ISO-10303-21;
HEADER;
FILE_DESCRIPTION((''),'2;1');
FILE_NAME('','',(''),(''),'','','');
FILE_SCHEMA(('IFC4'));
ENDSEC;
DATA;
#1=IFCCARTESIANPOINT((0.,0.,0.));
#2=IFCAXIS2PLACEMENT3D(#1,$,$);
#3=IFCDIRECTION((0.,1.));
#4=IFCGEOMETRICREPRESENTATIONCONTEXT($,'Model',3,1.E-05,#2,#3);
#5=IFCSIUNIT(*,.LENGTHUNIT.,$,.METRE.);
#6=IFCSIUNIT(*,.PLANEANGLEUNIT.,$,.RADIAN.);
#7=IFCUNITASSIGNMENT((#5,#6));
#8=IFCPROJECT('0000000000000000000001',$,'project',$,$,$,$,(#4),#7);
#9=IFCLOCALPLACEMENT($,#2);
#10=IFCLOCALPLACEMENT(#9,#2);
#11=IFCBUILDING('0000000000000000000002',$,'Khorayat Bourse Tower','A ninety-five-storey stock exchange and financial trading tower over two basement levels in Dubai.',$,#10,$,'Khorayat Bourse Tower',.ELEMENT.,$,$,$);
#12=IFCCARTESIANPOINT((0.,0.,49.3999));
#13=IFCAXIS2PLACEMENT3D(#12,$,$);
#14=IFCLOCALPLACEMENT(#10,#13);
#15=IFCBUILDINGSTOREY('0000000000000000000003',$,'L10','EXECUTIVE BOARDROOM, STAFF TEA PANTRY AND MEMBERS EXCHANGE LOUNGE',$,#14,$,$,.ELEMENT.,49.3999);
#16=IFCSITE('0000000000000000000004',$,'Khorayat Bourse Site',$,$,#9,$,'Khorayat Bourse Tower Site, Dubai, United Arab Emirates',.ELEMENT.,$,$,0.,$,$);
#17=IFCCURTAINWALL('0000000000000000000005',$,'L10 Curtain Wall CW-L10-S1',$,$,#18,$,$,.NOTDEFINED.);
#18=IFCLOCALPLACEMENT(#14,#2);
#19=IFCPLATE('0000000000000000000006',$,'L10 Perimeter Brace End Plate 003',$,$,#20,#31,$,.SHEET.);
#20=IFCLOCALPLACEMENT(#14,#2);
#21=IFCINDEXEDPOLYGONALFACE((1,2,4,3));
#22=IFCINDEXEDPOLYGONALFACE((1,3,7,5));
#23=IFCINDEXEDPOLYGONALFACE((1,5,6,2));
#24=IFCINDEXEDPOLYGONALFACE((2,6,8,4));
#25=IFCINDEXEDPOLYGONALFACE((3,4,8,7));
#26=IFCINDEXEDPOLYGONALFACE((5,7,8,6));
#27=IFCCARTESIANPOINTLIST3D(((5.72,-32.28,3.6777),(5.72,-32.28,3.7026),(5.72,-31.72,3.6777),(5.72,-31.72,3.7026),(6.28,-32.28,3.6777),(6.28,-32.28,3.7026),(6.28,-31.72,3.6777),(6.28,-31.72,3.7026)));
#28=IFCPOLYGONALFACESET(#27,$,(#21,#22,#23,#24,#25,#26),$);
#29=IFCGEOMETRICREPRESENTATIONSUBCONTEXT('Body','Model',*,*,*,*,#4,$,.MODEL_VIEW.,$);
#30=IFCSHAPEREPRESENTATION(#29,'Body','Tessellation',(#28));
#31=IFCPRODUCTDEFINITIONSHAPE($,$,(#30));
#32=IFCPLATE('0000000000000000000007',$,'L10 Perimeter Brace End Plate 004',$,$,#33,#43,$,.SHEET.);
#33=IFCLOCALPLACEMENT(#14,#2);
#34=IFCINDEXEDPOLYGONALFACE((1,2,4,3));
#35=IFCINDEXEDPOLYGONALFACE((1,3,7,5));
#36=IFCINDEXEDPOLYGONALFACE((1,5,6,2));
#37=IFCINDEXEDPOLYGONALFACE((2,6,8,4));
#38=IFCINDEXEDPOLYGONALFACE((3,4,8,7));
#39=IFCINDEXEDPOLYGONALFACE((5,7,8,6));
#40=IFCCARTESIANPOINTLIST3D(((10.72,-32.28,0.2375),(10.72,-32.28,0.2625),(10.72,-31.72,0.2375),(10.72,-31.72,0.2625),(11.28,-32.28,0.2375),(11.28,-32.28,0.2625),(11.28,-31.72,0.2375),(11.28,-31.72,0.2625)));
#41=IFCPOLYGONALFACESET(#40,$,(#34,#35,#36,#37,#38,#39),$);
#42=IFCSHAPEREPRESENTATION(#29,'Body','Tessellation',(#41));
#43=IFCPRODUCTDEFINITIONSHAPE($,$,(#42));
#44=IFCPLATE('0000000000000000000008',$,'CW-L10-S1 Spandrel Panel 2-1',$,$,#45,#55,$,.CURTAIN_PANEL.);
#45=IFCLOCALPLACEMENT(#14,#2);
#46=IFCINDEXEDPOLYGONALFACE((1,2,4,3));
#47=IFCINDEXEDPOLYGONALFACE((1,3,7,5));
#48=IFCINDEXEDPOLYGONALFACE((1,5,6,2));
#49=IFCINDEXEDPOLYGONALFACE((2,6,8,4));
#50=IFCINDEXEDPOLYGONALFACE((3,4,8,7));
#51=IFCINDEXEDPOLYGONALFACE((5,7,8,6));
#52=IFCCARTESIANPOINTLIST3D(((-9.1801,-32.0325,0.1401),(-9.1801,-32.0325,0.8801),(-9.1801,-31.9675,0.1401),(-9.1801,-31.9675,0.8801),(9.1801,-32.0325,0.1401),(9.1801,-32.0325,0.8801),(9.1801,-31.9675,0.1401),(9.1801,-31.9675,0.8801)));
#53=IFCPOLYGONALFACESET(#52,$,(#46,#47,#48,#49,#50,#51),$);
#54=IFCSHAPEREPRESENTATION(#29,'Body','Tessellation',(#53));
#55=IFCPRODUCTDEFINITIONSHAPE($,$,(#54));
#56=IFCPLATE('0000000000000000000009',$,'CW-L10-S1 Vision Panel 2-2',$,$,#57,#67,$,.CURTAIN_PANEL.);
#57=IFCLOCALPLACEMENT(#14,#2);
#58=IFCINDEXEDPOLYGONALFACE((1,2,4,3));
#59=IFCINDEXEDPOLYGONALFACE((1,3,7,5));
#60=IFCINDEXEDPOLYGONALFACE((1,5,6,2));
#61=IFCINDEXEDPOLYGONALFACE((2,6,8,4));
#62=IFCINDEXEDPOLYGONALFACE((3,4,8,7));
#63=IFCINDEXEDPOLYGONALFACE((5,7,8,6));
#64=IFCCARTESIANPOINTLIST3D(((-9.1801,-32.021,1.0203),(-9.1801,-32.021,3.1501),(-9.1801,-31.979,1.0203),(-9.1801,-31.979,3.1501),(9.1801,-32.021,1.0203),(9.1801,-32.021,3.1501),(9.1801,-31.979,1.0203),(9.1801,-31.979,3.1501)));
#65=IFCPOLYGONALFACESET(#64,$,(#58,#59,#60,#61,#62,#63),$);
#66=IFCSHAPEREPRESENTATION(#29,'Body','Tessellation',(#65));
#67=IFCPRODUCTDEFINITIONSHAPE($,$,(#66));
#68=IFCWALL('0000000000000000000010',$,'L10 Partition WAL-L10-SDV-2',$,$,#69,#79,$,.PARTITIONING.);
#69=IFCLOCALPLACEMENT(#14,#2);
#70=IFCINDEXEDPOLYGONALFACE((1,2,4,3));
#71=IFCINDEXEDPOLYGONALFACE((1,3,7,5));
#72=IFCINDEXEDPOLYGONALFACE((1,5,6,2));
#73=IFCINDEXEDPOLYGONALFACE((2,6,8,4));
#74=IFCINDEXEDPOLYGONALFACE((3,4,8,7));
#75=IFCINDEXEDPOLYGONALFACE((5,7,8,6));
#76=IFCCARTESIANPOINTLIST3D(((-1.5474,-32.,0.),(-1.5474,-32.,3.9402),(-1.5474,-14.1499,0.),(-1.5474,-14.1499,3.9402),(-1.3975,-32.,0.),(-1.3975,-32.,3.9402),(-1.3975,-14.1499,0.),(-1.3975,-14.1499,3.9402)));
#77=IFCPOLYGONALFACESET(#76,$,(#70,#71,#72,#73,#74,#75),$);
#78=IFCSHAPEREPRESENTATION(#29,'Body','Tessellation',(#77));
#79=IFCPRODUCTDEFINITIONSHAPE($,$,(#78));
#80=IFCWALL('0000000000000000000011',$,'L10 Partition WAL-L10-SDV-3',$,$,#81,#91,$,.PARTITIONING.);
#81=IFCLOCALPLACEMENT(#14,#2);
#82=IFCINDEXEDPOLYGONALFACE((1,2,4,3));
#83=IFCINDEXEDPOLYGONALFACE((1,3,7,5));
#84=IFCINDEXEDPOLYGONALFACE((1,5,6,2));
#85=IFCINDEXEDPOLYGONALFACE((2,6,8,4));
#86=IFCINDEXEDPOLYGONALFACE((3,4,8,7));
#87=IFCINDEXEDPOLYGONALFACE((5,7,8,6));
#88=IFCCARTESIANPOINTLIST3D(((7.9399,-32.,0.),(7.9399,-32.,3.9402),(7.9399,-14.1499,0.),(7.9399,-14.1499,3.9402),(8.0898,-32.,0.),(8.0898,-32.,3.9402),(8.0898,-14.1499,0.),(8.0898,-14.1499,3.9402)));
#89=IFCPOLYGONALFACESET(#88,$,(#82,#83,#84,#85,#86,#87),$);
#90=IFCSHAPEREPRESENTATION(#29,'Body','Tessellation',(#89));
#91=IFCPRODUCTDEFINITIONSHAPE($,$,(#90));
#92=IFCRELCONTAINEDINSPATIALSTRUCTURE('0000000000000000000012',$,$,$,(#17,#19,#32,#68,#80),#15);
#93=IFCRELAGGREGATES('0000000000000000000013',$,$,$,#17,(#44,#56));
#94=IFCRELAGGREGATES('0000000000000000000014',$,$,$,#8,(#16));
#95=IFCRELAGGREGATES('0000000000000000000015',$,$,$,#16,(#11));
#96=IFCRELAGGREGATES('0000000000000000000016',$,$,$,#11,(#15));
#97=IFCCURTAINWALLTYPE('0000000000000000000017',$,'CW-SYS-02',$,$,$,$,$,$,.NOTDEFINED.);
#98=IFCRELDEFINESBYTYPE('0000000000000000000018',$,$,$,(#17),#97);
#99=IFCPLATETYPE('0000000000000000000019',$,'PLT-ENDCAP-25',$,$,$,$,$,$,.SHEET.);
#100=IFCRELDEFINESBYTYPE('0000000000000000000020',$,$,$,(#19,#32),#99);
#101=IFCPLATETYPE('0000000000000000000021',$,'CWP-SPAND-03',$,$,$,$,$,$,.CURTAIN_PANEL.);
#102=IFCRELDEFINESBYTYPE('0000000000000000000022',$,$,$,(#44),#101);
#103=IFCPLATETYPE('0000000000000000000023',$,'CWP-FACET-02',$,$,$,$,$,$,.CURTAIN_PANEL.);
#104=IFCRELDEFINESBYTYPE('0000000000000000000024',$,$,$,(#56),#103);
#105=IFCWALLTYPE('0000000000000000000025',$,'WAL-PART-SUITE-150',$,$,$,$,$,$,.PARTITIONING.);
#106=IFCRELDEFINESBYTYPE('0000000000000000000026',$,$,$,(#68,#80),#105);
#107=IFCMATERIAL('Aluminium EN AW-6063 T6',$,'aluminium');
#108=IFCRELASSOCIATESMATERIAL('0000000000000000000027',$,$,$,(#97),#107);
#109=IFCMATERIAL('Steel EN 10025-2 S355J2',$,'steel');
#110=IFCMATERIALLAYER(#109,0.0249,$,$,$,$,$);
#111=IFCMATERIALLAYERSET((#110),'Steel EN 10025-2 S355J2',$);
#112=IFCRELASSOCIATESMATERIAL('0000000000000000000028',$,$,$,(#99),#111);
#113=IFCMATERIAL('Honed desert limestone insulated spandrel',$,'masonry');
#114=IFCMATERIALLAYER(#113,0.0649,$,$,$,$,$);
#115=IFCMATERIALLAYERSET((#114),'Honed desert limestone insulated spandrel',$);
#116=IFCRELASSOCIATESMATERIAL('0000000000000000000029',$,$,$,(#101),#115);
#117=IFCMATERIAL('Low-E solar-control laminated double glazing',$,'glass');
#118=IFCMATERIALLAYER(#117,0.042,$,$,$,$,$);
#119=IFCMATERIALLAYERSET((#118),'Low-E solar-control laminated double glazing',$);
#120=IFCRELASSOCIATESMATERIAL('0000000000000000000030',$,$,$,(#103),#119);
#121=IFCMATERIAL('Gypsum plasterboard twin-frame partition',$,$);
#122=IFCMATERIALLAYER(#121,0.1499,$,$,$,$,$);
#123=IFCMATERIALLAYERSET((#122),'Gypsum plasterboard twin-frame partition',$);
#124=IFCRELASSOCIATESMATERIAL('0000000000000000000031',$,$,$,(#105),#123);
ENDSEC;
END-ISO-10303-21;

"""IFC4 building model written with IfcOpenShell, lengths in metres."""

from ifc_helpers import new_model, si_unit, direction, frame, frame_2d, origin, origin_2d, place, context, subcontext, project, spatial, rectangle, extrude, source, transform, mapped, material, layer, layer_set, type_object, element, aggregate, save


model = new_model("IFC4")

# Units and contexts
model_context = context("Model", 3, precision=1e-05, world=origin(), true_north=direction((0.0, 1.0)))
body_context = subcontext(model_context, "Body", "Model", "MODEL_VIEW")
ifc_project = project(units=[si_unit("LENGTHUNIT", "METRE"), si_unit("PLANEANGLEUNIT", "RADIAN")], contexts=[model_context])

# Site, building, storey
site_placement = place(None, origin())
site = spatial("IfcSite", under=ifc_project, at=site_placement, Name="Khorayat Bourse Site", LongName="Khorayat Bourse Tower Site, Dubai, United Arab Emirates", CompositionType="ELEMENT", RefElevation=0.0)
building_placement = place(site_placement, origin())
building = spatial("IfcBuilding", under=site, at=building_placement, Name="Khorayat Bourse Tower", Description="A ninety-five-storey stock exchange and financial trading tower over two basement levels in Dubai.", LongName="Khorayat Bourse Tower", CompositionType="ELEMENT")
storey_placement = place(building_placement, frame((0.0, 0.0, 49.3999)))
storey = spatial("IfcBuildingStorey", under=building, at=storey_placement, Name="L10", Description="EXECUTIVE BOARDROOM, STAFF TEA PANTRY AND MEMBERS EXCHANGE LOUNGE", CompositionType="ELEMENT", Elevation=49.3999)

# Curtain wall
ifc_material_1 = material(Name="Aluminium EN AW-6063 T6", Category="aluminium")
curtain_wall_type = type_object("IfcCurtainWallType", Name="CW-SYS-02", PredefinedType="NOTDEFINED", material=ifc_material_1)
curtain_wall_placement = place(storey_placement, origin())
curtain_wall = element("IfcCurtainWall", 1, at=curtain_wall_placement, inside=storey, type_object=curtain_wall_type, Name="L10 Curtain Wall CW-L10-S1", PredefinedType="NOTDEFINED")

# Plates
ifc_material_2 = material(Name="Steel EN 10025-2 S355J2", Category="steel")
ifc_layer_1 = layer(ifc_material_2, 0.0249)
ifc_layer_set_1 = layer_set([ifc_layer_1], Name="Steel EN 10025-2 S355J2")
plate_type_1 = type_object("IfcPlateType", Name="PLT-ENDCAP-25", PredefinedType="SHEET", material=ifc_layer_set_1)
shared_shape_1 = source(origin(), body_context, "Body", "SweptSolid", [
    extrude(rectangle(XDim=0.5601, YDim=0.5601, at=origin_2d()), origin(), (0.0, 0.0, 1.0), 0.0249),
])
for number, where, z_axis, x_axis, name in (
    (2, (6.0, -32.0, 3.6777), (0.0, 0.0, 1.0), (1.0, 0.0, 0.0), "L10 Perimeter Brace End Plate 003"),
    (3, (11.0, -32.0, 0.2375), (0.0, 0.0, 1.0), (1.0, 0.0, 0.0), "L10 Perimeter Brace End Plate 004"),
):
    element("IfcPlate", number, at=place(storey_placement, frame(where, z_axis=z_axis, x_axis=x_axis)), inside=storey, type_object=plate_type_1, Name=name, PredefinedType="SHEET", context=body_context, shape_type="MappedRepresentation", body=[
        mapped(shared_shape_1, transform((0.0, 0.0, 0.0), scale=1.0)),
    ])

# Plates
ifc_material_3 = material(Name="Honed desert limestone insulated spandrel", Category="masonry")
ifc_layer_2 = layer(ifc_material_3, 0.0649)
ifc_layer_set_2 = layer_set([ifc_layer_2], Name="Honed desert limestone insulated spandrel")
plate_type_2 = type_object("IfcPlateType", Name="CWP-SPAND-03", PredefinedType="CURTAIN_PANEL", material=ifc_layer_set_2)
shared_shape_2 = source(origin(), body_context, "Body", "SweptSolid", [
    extrude(rectangle(XDim=18.3601, YDim=0.0649, at=origin_2d()), origin(), (0.0, 0.0, 1.0), 0.74),
])
plate_1_placement = place(storey_placement, frame((0.0, -32.0, 0.1401), z_axis=(0.0, 0.0, 1.0), x_axis=(1.0, 0.0, 0.0)))
plate_1 = element("IfcPlate", 4, at=plate_1_placement, type_object=plate_type_2, Name="CW-L10-S1 Spandrel Panel 2-1", PredefinedType="CURTAIN_PANEL", context=body_context, shape_type="MappedRepresentation", body=[
    mapped(shared_shape_2, transform((0.0, 0.0, 0.0), scale=1.0)),
])
ifc_material_4 = material(Name="Low-E solar-control laminated double glazing", Category="glass")
ifc_layer_3 = layer(ifc_material_4, 0.042)
ifc_layer_set_3 = layer_set([ifc_layer_3], Name="Low-E solar-control laminated double glazing")
plate_type_3 = type_object("IfcPlateType", Name="CWP-FACET-02", PredefinedType="CURTAIN_PANEL", material=ifc_layer_set_3)
shared_shape_3 = source(origin(), body_context, "Body", "SweptSolid", [
    extrude(rectangle(XDim=18.3601, YDim=0.042, at=origin_2d()), origin(), (0.0, 0.0, 1.0), 2.1299),
])
plate_2_placement = place(storey_placement, frame((0.0, -32.0, 1.0203), z_axis=(0.0, 0.0, 1.0), x_axis=(1.0, 0.0, 0.0)))
plate_2 = element("IfcPlate", 5, at=plate_2_placement, type_object=plate_type_3, Name="CW-L10-S1 Vision Panel 2-2", PredefinedType="CURTAIN_PANEL", context=body_context, shape_type="MappedRepresentation", body=[
    mapped(shared_shape_3, transform((0.0, 0.0, 0.0), scale=1.0)),
])
aggregate(curtain_wall, [plate_1, plate_2])

# Walls
ifc_material_5 = material(Name="Gypsum plasterboard twin-frame partition")
ifc_layer_4 = layer(ifc_material_5, 0.1499)
ifc_layer_set_4 = layer_set([ifc_layer_4], Name="Gypsum plasterboard twin-frame partition")
wall_type = type_object("IfcWallType", Name="WAL-PART-SUITE-150", PredefinedType="PARTITIONING", material=ifc_layer_set_4)
shared_shape_4 = source(origin(), body_context, "Body", "SweptSolid", [
    extrude(rectangle(XDim=17.8501, YDim=0.1499, at=frame_2d((8.925, 0.0))), origin(), (0.0, 0.0, 1.0), 3.9402),
])
for number, where, z_axis, x_axis, name in (
    (6, (-1.4724, -32.0, 0.0), (0.0, 0.0, 1.0), (0.0, 1.0, 0.0), "L10 Partition WAL-L10-SDV-2"),
    (7, (8.0149, -32.0, 0.0), (0.0, 0.0, 1.0), (0.0, 1.0, 0.0), "L10 Partition WAL-L10-SDV-3"),
):
    element("IfcWall", number, at=place(storey_placement, frame(where, z_axis=z_axis, x_axis=x_axis)), inside=storey, type_object=wall_type, Name=name, PredefinedType="PARTITIONING", context=body_context, shape_type="MappedRepresentation", body=[
        mapped(shared_shape_4, transform((0.0, 0.0, 0.0), scale=1.0)),
    ])

save(model, "model.ifc")
